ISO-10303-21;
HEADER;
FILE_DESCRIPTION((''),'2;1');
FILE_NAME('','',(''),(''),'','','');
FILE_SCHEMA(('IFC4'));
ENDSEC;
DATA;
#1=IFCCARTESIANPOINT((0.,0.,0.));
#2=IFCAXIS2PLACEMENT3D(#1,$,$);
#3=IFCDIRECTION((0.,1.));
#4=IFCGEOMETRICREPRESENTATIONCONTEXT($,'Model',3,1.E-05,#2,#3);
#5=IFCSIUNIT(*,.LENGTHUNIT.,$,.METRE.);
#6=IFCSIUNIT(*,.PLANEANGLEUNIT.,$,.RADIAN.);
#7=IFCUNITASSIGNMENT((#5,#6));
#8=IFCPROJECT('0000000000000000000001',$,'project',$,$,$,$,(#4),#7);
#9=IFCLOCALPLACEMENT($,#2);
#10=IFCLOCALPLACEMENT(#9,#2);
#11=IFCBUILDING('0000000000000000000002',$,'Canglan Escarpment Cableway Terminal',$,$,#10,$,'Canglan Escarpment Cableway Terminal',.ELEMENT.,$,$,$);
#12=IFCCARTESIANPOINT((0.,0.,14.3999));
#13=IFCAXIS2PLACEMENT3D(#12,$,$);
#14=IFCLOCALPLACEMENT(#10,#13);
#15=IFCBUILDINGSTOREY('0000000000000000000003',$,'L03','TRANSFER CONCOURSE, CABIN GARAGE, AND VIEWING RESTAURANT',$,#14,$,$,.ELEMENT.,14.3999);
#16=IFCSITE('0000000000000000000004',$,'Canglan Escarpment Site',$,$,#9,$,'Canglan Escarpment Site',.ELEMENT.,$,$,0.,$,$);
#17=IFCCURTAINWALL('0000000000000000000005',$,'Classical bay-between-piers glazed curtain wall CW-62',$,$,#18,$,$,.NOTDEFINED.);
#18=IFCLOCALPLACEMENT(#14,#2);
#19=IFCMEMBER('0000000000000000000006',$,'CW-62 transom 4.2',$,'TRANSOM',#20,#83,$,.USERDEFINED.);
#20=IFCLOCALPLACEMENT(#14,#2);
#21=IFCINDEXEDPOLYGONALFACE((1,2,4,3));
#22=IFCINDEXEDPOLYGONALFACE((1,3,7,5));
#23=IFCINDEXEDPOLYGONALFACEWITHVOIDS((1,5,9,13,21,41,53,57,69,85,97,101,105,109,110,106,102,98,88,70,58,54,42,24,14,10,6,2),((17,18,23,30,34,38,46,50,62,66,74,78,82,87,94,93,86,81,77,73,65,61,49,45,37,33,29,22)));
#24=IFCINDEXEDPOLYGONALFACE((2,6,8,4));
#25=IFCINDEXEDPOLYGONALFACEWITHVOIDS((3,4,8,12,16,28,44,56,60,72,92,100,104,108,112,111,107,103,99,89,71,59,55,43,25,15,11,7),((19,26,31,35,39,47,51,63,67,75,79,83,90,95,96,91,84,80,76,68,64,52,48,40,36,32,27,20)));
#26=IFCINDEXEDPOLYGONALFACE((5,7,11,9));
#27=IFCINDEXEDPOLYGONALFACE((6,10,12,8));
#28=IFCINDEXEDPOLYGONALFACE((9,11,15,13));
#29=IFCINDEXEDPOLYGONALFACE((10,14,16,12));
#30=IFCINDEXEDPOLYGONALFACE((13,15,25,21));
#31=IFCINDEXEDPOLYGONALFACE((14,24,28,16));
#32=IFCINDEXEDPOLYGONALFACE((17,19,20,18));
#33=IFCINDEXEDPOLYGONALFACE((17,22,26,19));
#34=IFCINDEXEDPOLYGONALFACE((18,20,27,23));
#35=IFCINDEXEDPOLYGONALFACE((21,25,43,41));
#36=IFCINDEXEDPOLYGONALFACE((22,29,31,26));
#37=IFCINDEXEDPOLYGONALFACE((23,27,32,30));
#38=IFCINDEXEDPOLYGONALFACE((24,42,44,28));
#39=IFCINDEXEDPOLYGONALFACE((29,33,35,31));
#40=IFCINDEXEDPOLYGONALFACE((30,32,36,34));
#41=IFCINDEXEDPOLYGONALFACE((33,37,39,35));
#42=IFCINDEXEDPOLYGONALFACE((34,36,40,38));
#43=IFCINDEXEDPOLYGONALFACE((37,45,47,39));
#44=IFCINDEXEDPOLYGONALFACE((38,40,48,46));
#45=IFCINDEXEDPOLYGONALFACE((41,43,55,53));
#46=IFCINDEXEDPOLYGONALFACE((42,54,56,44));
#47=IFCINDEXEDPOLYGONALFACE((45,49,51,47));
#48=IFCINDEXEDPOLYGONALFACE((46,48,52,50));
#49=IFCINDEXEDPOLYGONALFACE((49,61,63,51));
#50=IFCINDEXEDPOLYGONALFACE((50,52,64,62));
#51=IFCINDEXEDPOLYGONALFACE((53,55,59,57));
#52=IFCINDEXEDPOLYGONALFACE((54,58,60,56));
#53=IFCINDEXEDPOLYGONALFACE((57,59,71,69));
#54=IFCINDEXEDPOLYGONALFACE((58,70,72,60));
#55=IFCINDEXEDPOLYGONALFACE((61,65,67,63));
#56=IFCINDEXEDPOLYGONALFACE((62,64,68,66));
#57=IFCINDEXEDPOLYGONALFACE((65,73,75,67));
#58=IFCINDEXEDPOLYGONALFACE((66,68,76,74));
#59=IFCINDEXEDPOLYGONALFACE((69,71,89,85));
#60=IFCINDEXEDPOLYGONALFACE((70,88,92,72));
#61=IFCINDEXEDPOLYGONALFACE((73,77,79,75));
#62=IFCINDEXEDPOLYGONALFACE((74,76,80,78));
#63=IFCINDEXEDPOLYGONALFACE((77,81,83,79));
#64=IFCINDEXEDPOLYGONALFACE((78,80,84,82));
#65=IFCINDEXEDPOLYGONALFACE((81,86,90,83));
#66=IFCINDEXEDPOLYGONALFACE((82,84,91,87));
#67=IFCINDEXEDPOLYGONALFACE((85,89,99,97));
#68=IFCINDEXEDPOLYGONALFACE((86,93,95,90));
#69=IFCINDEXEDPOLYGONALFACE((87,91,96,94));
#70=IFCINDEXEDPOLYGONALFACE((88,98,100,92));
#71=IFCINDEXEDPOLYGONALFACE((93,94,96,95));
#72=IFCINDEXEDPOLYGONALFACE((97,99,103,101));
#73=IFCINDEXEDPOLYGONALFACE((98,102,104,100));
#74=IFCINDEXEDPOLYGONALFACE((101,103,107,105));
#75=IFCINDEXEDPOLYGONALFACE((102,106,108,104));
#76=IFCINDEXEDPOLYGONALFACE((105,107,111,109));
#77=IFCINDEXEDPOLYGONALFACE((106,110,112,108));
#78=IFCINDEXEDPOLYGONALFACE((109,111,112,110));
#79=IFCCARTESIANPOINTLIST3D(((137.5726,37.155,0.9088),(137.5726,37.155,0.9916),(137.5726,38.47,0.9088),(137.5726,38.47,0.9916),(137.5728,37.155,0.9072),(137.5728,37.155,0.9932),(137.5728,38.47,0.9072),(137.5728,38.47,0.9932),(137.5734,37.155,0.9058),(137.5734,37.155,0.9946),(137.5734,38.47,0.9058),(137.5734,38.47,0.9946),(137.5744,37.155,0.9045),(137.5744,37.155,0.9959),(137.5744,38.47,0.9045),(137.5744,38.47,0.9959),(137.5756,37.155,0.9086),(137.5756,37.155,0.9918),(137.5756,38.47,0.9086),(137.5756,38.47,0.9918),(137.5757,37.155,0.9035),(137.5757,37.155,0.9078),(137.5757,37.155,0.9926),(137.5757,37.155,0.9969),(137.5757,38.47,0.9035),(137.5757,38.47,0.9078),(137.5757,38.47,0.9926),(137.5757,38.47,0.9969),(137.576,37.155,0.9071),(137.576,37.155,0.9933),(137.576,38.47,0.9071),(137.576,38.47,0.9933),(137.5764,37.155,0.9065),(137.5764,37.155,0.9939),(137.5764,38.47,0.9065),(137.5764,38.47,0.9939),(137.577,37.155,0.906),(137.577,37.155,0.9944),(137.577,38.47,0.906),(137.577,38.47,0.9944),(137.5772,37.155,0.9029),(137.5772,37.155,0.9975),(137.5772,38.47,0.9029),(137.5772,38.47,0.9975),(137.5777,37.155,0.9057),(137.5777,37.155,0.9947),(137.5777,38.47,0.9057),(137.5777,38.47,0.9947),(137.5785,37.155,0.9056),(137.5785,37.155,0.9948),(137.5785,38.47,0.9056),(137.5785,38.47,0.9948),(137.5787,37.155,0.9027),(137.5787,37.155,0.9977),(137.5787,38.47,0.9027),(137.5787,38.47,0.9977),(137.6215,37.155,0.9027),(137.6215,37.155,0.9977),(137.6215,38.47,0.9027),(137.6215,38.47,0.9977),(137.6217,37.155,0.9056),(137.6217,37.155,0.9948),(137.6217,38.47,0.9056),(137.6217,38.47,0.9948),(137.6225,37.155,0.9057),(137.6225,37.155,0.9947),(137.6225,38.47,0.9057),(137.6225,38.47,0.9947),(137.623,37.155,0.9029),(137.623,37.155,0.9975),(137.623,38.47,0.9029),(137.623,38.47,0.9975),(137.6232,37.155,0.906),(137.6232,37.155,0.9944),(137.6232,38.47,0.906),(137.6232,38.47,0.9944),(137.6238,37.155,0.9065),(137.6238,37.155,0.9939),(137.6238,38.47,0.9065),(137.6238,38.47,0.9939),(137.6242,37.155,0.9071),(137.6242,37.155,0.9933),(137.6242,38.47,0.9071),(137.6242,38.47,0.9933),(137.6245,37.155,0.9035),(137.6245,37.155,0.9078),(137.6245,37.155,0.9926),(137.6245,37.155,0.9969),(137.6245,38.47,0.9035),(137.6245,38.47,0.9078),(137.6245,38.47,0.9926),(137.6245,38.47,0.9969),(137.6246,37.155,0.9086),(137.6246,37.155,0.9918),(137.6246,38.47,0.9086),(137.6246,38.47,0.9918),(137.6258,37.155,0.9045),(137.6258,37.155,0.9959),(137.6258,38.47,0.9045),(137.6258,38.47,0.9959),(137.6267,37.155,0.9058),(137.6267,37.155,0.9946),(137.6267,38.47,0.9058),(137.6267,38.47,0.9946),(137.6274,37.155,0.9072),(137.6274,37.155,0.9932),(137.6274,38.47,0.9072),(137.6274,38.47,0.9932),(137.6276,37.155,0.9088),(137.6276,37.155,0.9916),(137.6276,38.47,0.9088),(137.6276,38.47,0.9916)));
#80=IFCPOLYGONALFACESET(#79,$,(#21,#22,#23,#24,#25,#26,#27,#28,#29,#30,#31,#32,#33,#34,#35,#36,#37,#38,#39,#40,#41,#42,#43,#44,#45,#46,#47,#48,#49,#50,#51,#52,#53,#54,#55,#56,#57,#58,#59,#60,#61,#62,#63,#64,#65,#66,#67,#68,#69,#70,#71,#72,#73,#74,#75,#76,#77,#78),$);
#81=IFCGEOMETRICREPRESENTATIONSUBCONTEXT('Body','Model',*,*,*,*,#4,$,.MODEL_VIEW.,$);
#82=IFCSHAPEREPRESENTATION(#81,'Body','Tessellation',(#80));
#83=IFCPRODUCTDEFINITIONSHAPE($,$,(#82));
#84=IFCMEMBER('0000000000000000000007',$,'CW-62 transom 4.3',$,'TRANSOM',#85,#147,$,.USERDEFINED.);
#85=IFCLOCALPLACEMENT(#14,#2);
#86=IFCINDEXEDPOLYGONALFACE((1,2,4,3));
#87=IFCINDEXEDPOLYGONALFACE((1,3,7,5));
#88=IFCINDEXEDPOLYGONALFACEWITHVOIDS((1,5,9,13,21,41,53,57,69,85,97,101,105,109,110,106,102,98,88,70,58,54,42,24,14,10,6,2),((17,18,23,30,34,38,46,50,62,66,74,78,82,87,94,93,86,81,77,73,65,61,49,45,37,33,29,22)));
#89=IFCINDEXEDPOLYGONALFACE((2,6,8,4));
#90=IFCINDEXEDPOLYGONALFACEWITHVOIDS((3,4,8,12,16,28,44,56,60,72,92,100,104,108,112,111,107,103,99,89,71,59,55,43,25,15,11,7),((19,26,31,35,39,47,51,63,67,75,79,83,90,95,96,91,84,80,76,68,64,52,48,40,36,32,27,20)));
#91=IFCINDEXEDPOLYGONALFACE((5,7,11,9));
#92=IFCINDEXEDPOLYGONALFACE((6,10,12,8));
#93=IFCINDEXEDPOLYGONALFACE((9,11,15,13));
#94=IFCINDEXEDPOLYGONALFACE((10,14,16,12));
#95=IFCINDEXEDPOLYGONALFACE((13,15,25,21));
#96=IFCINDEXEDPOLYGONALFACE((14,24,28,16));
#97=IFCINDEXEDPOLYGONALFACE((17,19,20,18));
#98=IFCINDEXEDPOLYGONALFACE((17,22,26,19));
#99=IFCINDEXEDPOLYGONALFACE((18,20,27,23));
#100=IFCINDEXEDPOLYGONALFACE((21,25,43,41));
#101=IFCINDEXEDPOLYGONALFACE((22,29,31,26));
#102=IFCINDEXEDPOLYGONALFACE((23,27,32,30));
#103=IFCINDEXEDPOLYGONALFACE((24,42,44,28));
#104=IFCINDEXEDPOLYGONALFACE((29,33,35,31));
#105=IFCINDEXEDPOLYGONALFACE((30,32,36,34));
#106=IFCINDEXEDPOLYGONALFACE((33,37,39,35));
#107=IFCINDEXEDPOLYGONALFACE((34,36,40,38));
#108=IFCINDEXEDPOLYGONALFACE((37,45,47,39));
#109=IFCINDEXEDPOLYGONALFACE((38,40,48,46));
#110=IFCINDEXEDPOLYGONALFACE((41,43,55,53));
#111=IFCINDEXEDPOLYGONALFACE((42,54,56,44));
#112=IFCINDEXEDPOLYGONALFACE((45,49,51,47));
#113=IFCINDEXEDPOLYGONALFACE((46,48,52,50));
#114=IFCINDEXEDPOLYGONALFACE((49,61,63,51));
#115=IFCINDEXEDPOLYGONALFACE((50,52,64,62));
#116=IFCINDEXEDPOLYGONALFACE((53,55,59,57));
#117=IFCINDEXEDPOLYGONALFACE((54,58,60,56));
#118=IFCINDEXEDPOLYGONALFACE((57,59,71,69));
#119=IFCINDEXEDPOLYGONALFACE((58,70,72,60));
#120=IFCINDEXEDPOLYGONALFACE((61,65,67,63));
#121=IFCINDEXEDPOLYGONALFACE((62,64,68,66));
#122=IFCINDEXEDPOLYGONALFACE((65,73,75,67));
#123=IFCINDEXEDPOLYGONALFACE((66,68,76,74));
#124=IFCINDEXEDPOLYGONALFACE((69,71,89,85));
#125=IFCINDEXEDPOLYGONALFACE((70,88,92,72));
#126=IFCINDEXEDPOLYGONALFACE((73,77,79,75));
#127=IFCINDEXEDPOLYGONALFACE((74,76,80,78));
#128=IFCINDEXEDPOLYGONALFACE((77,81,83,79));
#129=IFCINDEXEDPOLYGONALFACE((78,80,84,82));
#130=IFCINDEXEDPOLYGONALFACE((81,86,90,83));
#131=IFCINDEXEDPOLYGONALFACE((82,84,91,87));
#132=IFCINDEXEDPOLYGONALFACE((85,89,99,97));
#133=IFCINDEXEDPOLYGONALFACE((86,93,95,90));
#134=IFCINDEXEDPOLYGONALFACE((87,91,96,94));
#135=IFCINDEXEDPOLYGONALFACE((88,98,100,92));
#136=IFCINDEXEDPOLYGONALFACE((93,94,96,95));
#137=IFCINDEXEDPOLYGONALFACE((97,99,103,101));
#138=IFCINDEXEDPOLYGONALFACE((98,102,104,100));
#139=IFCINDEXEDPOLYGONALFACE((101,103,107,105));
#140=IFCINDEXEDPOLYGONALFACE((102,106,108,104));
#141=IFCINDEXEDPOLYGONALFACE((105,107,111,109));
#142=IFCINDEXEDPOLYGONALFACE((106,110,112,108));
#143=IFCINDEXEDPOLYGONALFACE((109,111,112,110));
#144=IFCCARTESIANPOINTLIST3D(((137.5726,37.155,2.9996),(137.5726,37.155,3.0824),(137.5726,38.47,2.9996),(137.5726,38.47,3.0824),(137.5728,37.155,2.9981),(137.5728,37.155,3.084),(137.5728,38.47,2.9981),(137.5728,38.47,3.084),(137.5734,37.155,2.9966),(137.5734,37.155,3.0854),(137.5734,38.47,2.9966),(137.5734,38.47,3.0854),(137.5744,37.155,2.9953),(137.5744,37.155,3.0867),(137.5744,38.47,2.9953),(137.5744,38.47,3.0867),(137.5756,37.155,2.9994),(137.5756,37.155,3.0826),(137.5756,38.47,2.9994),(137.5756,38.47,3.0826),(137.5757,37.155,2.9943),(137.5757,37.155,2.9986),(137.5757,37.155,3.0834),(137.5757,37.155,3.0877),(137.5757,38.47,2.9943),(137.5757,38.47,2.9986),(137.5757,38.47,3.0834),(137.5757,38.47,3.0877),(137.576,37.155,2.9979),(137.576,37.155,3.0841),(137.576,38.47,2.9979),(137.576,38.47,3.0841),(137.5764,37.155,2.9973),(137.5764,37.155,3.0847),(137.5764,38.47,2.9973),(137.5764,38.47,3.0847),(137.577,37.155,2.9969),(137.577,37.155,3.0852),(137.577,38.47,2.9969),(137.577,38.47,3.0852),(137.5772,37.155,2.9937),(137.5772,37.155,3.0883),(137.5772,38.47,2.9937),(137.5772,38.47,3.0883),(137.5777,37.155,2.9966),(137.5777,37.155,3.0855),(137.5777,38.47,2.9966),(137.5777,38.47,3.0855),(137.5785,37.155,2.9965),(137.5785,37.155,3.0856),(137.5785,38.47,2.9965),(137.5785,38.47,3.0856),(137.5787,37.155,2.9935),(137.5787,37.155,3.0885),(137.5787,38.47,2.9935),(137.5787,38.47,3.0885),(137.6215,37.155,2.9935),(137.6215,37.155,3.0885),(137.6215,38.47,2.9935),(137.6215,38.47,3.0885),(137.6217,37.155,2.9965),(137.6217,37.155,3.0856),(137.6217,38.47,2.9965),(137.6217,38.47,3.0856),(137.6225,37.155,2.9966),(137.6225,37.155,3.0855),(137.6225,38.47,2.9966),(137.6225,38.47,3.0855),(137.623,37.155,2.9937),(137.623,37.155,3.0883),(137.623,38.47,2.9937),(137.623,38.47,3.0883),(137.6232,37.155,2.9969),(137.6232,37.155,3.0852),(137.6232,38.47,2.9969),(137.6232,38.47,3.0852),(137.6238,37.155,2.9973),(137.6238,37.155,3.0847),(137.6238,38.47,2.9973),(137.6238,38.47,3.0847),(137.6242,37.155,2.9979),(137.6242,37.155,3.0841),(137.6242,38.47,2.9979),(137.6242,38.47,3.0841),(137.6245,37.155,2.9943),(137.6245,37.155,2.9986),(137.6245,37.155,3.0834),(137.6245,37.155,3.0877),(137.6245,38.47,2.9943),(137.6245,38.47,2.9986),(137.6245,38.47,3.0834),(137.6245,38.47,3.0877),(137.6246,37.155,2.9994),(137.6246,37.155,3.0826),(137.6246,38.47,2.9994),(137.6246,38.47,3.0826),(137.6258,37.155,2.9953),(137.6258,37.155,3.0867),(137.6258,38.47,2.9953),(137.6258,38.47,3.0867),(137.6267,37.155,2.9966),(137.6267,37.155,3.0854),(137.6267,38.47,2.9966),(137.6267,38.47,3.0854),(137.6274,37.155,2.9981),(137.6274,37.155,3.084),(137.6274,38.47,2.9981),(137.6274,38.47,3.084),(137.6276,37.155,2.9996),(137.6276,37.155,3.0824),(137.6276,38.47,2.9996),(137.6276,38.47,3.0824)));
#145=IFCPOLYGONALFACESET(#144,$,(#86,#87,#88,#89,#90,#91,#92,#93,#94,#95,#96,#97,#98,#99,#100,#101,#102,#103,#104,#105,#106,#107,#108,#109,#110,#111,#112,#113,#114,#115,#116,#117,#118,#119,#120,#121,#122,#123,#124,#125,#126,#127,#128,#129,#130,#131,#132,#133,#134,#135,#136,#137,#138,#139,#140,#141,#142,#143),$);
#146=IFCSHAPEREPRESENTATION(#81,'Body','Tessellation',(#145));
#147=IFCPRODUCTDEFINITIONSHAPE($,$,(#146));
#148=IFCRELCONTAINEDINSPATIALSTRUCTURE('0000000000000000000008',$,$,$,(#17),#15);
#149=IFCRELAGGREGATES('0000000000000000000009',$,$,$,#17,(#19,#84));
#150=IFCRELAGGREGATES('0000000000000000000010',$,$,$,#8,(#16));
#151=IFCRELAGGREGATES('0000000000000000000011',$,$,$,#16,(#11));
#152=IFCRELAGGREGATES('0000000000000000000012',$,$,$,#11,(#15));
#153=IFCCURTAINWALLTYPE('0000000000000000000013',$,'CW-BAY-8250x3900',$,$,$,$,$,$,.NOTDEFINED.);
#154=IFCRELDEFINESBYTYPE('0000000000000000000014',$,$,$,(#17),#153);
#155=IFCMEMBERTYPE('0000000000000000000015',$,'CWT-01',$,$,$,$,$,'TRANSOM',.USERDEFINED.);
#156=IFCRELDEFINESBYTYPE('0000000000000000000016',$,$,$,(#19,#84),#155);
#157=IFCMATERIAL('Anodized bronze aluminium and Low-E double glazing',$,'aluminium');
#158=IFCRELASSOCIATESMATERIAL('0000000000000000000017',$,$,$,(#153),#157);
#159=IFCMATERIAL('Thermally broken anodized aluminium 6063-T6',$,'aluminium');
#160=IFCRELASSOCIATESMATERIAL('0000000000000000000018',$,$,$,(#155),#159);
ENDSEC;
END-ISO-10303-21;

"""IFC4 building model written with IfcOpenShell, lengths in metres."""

from ifc_helpers import new_model, si_unit, direction, frame, origin, origin_2d, place, context, subcontext, project, spatial, hollow_rectangle, extrude, material, material_profile, profile_set, type_object, element, aggregate, save


model = new_model("IFC4")

# Units and contexts
model_context = context("Model", 3, precision=1e-05, world=origin(), true_north=direction((0.0, 1.0)))
body_context = subcontext(model_context, "Body", "Model", "MODEL_VIEW")
ifc_project = project(units=[si_unit("LENGTHUNIT", "METRE"), si_unit("PLANEANGLEUNIT", "RADIAN")], contexts=[model_context])

# Site, building, storey
site_placement = place(None, origin())
site = spatial("IfcSite", under=ifc_project, at=site_placement, Name="Canglan Escarpment Site", LongName="Canglan Escarpment Site", CompositionType="ELEMENT", RefElevation=0.0)
building_placement = place(site_placement, origin())
building = spatial("IfcBuilding", under=site, at=building_placement, Name="Canglan Escarpment Cableway Terminal", LongName="Canglan Escarpment Cableway Terminal", CompositionType="ELEMENT")
storey_placement = place(building_placement, frame((0.0, 0.0, 14.3999)))
storey = spatial("IfcBuildingStorey", under=building, at=storey_placement, Name="L03", Description="TRANSFER CONCOURSE, CABIN GARAGE, AND VIEWING RESTAURANT", CompositionType="ELEMENT", Elevation=14.3999)

# Curtain wall, members
ifc_material_1 = material(Name="Anodized bronze aluminium and Low-E double glazing", Category="aluminium")
curtain_wall_type = type_object("IfcCurtainWallType", Name="CW-BAY-8250x3900", PredefinedType="NOTDEFINED", material=ifc_material_1)
curtain_wall_placement = place(storey_placement, origin())
curtain_wall = element("IfcCurtainWall", 1, at=curtain_wall_placement, inside=storey, type_object=curtain_wall_type, Name="Classical bay-between-piers glazed curtain wall CW-62", PredefinedType="NOTDEFINED")
ifc_material_2 = material(Name="Thermally broken anodized aluminium 6063-T6", Category="aluminium")
ifc_material_profile_1 = material_profile(ifc_material_2, hollow_rectangle(XDim=0.0549, YDim=0.095, WallThickness=0.0029, InnerFilletRadius=0.0029, OuterFilletRadius=0.0061, at=origin_2d()), Name="ALU-TRAN 55x95x3")
ifc_profile_set_1 = profile_set([ifc_material_profile_1], Name="Thermally broken anodized aluminium 6063-T6")
member_type_1 = type_object("IfcMemberType", Name="CWT-01", ElementType="TRANSOM", PredefinedType="USERDEFINED", material=ifc_profile_set_1)
member_1_placement = place(storey_placement, frame((137.6001, 38.47, 0.9502), z_axis=(0.0, -1.0, 0.0), x_axis=(1.0, 0.0, 0.0)))
member_1 = element("IfcMember", 2, at=member_1_placement, type_object=member_type_1, Name="CW-62 transom 4.2", ObjectType="TRANSOM", PredefinedType="USERDEFINED", context=body_context, shape_type="SweptSolid", body=[
    extrude(hollow_rectangle(XDim=0.0549, YDim=0.095, WallThickness=0.0029, InnerFilletRadius=0.0029, OuterFilletRadius=0.0061, at=origin_2d()), origin(), (0.0, 0.0, 1.0), 1.3149),
])
member_2_placement = place(storey_placement, frame((137.6001, 38.47, 3.041), z_axis=(0.0, -1.0, 0.0), x_axis=(1.0, 0.0, 0.0)))
member_2 = element("IfcMember", 3, at=member_2_placement, type_object=member_type_1, Name="CW-62 transom 4.3", ObjectType="TRANSOM", PredefinedType="USERDEFINED", context=body_context, shape_type="SweptSolid", body=[
    extrude(hollow_rectangle(XDim=0.0549, YDim=0.095, WallThickness=0.0029, InnerFilletRadius=0.0029, OuterFilletRadius=0.0061, at=origin_2d()), origin(), (0.0, 0.0, 1.0), 1.3149),
])
aggregate(curtain_wall, [member_1, member_2])

save(model, "model.ifc")
